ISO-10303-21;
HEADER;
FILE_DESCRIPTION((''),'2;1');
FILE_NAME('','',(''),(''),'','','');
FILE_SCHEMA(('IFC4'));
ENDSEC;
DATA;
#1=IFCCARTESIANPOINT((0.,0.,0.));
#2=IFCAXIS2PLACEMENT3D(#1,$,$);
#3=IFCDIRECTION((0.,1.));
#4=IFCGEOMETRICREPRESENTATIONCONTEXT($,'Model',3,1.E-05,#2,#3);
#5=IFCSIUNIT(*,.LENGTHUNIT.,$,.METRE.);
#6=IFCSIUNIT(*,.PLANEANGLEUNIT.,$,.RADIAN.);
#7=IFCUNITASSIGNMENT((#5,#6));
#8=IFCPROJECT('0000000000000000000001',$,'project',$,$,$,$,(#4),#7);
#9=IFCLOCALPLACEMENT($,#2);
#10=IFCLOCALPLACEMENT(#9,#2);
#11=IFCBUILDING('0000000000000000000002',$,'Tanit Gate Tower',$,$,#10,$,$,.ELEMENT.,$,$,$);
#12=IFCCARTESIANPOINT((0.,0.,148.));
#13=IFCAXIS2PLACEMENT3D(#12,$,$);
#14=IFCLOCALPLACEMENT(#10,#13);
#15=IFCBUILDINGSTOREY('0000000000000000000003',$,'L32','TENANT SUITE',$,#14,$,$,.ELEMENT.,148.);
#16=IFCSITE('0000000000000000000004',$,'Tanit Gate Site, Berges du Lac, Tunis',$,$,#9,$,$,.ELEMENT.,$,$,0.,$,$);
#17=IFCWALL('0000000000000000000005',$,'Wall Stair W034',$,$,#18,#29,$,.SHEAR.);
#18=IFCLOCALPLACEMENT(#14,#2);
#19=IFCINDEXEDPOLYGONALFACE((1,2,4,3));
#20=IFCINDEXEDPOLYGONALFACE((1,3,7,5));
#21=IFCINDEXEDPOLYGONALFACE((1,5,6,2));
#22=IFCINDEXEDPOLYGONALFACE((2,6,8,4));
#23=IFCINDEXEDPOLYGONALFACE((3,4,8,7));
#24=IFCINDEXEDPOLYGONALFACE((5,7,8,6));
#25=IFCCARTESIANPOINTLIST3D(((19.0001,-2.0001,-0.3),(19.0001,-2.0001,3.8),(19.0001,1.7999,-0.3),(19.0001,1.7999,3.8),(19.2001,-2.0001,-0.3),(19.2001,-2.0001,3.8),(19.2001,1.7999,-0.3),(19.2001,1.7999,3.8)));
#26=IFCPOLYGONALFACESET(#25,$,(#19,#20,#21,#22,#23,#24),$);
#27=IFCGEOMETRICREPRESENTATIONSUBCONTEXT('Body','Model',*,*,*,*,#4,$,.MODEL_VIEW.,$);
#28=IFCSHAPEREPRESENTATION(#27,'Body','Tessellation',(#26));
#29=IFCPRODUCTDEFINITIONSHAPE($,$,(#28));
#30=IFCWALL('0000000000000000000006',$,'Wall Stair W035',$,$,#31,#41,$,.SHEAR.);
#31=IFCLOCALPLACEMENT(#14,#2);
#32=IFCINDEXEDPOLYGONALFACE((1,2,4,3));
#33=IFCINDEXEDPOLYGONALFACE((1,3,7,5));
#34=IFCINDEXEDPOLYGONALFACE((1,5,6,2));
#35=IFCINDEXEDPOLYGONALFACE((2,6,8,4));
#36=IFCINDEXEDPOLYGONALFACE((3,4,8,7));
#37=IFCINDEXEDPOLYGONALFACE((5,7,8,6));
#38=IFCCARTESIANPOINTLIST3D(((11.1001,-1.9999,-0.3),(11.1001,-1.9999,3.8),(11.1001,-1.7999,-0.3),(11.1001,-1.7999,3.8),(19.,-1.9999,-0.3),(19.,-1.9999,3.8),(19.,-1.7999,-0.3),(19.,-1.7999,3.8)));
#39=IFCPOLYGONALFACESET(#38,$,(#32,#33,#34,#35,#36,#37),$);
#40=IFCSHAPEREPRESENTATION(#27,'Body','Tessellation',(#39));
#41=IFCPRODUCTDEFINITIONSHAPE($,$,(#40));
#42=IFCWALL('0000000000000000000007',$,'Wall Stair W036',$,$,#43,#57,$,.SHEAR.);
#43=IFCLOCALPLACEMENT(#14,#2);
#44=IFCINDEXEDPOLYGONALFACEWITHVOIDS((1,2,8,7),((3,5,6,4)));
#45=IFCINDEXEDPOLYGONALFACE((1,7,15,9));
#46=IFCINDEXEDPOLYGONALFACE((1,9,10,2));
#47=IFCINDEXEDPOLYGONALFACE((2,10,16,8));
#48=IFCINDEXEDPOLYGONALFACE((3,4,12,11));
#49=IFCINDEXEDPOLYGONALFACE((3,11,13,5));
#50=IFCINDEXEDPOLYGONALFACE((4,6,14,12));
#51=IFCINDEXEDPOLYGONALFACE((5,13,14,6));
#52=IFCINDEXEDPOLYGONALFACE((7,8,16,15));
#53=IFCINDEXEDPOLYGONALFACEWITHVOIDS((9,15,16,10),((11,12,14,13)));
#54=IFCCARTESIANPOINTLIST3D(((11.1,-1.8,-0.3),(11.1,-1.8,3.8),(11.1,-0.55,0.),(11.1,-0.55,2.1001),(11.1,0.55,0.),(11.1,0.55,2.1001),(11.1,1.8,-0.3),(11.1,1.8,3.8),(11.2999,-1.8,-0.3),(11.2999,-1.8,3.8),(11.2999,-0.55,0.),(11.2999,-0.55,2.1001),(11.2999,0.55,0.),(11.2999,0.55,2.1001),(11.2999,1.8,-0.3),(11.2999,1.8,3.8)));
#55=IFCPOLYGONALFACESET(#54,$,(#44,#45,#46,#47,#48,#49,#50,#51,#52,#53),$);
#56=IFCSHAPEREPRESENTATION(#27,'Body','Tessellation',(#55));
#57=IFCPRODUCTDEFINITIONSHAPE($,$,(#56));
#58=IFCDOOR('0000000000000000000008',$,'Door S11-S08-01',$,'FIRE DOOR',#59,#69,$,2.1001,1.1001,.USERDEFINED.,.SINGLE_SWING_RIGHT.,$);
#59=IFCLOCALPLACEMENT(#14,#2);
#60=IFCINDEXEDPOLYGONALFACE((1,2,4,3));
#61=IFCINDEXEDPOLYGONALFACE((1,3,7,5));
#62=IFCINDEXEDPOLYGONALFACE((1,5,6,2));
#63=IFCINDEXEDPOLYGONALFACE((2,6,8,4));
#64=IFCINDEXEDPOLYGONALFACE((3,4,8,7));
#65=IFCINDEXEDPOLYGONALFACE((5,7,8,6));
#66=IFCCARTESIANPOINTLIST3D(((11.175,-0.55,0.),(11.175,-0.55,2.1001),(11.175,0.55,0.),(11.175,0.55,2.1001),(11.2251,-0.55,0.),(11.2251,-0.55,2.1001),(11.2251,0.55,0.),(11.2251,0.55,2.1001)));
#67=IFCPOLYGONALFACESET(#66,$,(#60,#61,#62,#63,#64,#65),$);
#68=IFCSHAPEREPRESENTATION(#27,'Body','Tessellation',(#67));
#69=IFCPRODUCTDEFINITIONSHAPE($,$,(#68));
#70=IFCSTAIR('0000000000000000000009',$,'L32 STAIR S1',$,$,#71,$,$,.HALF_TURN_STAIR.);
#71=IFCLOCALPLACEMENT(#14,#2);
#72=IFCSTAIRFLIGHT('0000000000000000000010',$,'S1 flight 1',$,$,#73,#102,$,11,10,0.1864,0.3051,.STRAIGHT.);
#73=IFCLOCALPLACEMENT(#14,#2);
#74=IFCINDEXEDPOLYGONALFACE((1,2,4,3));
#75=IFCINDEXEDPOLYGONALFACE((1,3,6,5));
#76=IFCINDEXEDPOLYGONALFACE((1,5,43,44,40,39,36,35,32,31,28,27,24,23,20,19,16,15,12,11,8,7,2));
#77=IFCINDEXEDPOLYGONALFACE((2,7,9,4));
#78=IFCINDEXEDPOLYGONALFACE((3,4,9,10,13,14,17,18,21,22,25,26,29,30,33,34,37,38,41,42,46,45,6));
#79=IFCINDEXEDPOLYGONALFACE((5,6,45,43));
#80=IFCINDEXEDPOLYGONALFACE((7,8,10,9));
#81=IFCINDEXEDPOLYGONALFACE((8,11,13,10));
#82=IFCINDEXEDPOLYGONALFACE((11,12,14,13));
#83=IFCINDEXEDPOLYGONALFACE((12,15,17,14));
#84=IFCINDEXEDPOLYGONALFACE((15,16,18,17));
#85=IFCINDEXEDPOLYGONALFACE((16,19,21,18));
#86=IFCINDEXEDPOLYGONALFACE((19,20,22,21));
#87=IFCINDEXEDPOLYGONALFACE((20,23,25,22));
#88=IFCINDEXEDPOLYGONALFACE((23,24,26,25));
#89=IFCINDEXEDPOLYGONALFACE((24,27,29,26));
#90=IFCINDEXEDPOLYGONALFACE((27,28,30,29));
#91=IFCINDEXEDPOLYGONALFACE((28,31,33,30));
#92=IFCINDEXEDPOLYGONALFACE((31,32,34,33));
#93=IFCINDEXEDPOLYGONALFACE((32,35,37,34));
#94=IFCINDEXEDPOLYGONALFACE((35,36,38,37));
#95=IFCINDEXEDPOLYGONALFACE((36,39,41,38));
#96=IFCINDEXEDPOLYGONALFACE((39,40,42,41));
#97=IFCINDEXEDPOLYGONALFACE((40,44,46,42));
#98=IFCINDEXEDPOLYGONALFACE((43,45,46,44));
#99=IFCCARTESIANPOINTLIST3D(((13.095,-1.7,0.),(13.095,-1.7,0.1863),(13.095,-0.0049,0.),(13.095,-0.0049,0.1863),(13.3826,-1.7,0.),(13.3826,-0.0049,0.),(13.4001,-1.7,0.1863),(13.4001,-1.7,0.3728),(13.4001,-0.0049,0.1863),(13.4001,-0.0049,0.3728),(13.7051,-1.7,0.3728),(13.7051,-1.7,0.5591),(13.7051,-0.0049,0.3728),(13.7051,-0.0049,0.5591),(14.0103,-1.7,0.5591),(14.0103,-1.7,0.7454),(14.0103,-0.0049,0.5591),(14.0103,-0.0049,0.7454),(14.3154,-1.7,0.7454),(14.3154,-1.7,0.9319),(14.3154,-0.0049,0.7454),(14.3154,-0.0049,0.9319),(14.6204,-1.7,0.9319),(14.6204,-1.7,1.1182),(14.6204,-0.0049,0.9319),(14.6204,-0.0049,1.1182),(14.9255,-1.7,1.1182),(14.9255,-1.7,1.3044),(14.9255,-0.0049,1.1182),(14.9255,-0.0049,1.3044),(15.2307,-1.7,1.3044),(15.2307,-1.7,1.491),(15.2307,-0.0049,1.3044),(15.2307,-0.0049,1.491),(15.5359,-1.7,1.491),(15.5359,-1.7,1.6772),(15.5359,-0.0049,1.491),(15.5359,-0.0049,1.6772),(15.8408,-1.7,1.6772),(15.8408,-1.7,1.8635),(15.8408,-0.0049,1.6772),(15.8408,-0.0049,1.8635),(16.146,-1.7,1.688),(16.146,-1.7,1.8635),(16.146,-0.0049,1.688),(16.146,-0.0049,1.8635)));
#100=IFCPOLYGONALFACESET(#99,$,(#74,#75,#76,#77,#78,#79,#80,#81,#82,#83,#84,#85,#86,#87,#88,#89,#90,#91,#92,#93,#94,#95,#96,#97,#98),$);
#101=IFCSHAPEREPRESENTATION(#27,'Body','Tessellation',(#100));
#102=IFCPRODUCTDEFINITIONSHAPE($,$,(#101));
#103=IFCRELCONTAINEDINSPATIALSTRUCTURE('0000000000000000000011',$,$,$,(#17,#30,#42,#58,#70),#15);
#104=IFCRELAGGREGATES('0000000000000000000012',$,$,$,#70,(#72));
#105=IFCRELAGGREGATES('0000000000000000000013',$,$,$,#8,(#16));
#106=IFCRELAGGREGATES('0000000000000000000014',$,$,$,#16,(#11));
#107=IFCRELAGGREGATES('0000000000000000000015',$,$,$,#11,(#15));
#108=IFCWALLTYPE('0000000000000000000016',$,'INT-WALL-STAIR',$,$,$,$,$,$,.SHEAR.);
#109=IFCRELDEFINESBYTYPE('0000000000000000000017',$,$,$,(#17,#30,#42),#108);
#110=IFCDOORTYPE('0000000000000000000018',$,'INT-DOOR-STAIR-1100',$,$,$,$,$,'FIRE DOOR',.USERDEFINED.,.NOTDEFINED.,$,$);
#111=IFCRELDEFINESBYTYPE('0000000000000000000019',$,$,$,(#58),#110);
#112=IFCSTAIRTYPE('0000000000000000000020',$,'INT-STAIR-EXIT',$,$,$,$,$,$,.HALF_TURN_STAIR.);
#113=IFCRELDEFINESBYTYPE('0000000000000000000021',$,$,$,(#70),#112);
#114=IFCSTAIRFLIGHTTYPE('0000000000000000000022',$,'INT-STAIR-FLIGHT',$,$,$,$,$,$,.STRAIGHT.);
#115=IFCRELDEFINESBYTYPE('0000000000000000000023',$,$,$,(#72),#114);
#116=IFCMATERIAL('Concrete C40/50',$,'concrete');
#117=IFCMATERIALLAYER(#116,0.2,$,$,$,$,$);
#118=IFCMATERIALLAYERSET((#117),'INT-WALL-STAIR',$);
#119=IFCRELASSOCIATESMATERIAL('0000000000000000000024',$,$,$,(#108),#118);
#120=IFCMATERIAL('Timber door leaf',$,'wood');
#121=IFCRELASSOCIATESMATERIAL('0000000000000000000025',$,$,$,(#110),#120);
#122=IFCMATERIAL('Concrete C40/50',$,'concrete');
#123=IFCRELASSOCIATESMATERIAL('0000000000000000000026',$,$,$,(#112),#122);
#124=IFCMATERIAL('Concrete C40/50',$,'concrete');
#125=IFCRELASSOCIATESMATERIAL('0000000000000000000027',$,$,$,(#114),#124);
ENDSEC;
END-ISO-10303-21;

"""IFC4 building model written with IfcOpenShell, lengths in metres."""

from ifc_helpers import new_model, si_unit, direction, frame, frame_2d, origin, place, context, subcontext, project, spatial, polyline, rectangle, outline, extrude, material, layer, layer_set, type_object, element, fill, aggregate, save


model = new_model("IFC4")

# Units and contexts
model_context = context("Model", 3, precision=1e-05, world=origin(), true_north=direction((0.0, 1.0)))
body_context = subcontext(model_context, "Body", "Model", "MODEL_VIEW")
ifc_project = project(units=[si_unit("LENGTHUNIT", "METRE"), si_unit("PLANEANGLEUNIT", "RADIAN")], contexts=[model_context])

# Site, building, storey
site_placement = place(None, origin())
site = spatial("IfcSite", under=ifc_project, at=site_placement, Name="Tanit Gate Site, Berges du Lac, Tunis", CompositionType="ELEMENT", RefElevation=0.0)
building_placement = place(site_placement, origin())
building = spatial("IfcBuilding", under=site, at=building_placement, Name="Tanit Gate Tower", CompositionType="ELEMENT")
storey_placement = place(building_placement, frame((0.0, 0.0, 148.0)))
storey = spatial("IfcBuildingStorey", under=building, at=storey_placement, Name="L32", Description="TENANT SUITE", CompositionType="ELEMENT", Elevation=148.0)

# Walls
ifc_material_1 = material(Name="Concrete C40/50", Category="concrete")
ifc_layer_1 = layer(ifc_material_1, 0.2)
ifc_layer_set_1 = layer_set([ifc_layer_1], Name="INT-WALL-STAIR")
wall_type_1 = type_object("IfcWallType", Name="INT-WALL-STAIR", PredefinedType="SHEAR", material=ifc_layer_set_1)
wall_1_placement = place(storey_placement, frame((19.1001, -2.0, -0.3), z_axis=(0.0, 0.0, 1.0), x_axis=(0.0, 1.0, 0.0)))
element("IfcWall", 1, at=wall_1_placement, inside=storey, type_object=wall_type_1, Name="Wall Stair W034", PredefinedType="SHEAR", context=body_context, shape_type="SweptSolid", body=[
    extrude(rectangle(XDim=3.8, YDim=0.2, at=frame_2d((1.8999, 0.0))), origin(), (0.0, 0.0, 1.0), 4.1001),
])
wall_2_placement = place(storey_placement, frame((11.1001, -1.8999, -0.3), z_axis=(0.0, 0.0, 1.0), x_axis=(1.0, 0.0, 0.0)))
element("IfcWall", 2, at=wall_2_placement, inside=storey, type_object=wall_type_1, Name="Wall Stair W035", PredefinedType="SHEAR", context=body_context, shape_type="SweptSolid", body=[
    extrude(rectangle(XDim=7.8999, YDim=0.2, at=frame_2d((3.95, 0.0))), origin(), (0.0, 0.0, 1.0), 4.1001),
])

# Wall, opening, door
wall_3_placement = place(storey_placement, frame((11.2, -1.8, -0.3), z_axis=(0.0, 0.0, 1.0), x_axis=(0.0, 1.0, 0.0)))
wall_3 = element("IfcWall", 3, at=wall_3_placement, inside=storey, type_object=wall_type_1, Name="Wall Stair W036", PredefinedType="SHEAR", context=body_context, shape_type="SweptSolid", body=[
    extrude(rectangle(XDim=3.6001, YDim=0.2, at=frame_2d((1.8, 0.0))), origin(), (0.0, 0.0, 1.0), 4.1001),
])
opening_1_placement = place(wall_3_placement, frame((1.25, 0.0, 0.3)))
opening_1 = element("IfcOpeningElement", 4, at=opening_1_placement, cuts=wall_3, PredefinedType="OPENING", context=body_context, shape_type="SweptSolid", body=[
    extrude(rectangle(XDim=1.1001, YDim=2.1001, at=frame_2d((0.55, 1.05))), frame((0.0, 0.1099, 0.0), z_axis=(0.0, -1.0, 0.0), x_axis=(1.0, 0.0, 0.0)), (0.0, 0.0, 1.0), 0.22),
])
ifc_material_2 = material(Name="Timber door leaf", Category="wood")
door_type_1 = type_object("IfcDoorType", Name="INT-DOOR-STAIR-1100", ElementType="FIRE DOOR", OperationType="NOTDEFINED", PredefinedType="USERDEFINED", material=ifc_material_2)
door_1_placement = place(opening_1_placement, origin())
door_1 = element("IfcDoor", 5, at=door_1_placement, inside=storey, type_object=door_type_1, Name="Door S11-S08-01", ObjectType="FIRE DOOR", OperationType="SINGLE_SWING_RIGHT", OverallHeight=2.1001, OverallWidth=1.1001, PredefinedType="USERDEFINED", context=body_context, shape_type="SweptSolid", body=[
    extrude(rectangle(XDim=1.1001, YDim=2.1001, at=frame_2d((0.55, 1.05))), frame((0.0, 0.0249, 0.0), z_axis=(0.0, -1.0, 0.0), x_axis=(1.0, 0.0, 0.0)), (0.0, 0.0, 1.0), 0.05),
])
fill(opening_1, door_1)

# Stair, stair flight
ifc_material_3 = material(Name="Concrete C40/50", Category="concrete")
stair_type = type_object("IfcStairType", Name="INT-STAIR-EXIT", PredefinedType="HALF_TURN_STAIR", material=ifc_material_3)
stair_placement = place(storey_placement, origin())
stair = element("IfcStair", 6, at=stair_placement, inside=storey, type_object=stair_type, Name="L32 STAIR S1", PredefinedType="HALF_TURN_STAIR")
ifc_material_4 = material(Name="Concrete C40/50", Category="concrete")
stair_flight_type = type_object("IfcStairFlightType", Name="INT-STAIR-FLIGHT", PredefinedType="STRAIGHT", material=ifc_material_4)
stair_flight_placement = place(storey_placement, frame((13.095, -0.8525, 0.0), z_axis=(0.0, 0.0, 1.0), x_axis=(1.0, 0.0, 0.0)))
stair_flight = element("IfcStairFlight", 7, at=stair_flight_placement, type_object=stair_flight_type, Name="S1 flight 1", NumberOfRisers=11, NumberOfTreads=10, PredefinedType="STRAIGHT", RiserHeight=0.1864, TreadLength=0.3051, context=body_context, shape_type="SweptSolid", body=[
    extrude(outline(polyline([(0.0, 0.0), (0.0, 0.1863), (0.3052, 0.1863), (0.3052, 0.3728), (0.6101, 0.3728), (0.6101, 0.5591), (0.9153, 0.5591), (0.9153, 0.7454), (1.2205, 0.7454), (1.2205, 0.9319), (1.5254, 0.9319), (1.5254, 1.1182), (1.8306, 1.1182), (1.8306, 1.3044), (2.1357, 1.3044), (2.1357, 1.491), (2.4409, 1.491), (2.4409, 1.6772), (2.7458, 1.6772), (2.7458, 1.8635), (3.051, 1.8635), (3.051, 2.05), (3.051, 1.688), (0.2876, 0.0), (0.0, 0.0)])), frame((0.0, 0.8477, 0.0), z_axis=(0.0, -1.0, 0.0), x_axis=(1.0, 0.0, 0.0)), (0.0, 0.0, 1.0), 1.6951),
])
aggregate(stair, [stair_flight])

save(model, "model.ifc")
